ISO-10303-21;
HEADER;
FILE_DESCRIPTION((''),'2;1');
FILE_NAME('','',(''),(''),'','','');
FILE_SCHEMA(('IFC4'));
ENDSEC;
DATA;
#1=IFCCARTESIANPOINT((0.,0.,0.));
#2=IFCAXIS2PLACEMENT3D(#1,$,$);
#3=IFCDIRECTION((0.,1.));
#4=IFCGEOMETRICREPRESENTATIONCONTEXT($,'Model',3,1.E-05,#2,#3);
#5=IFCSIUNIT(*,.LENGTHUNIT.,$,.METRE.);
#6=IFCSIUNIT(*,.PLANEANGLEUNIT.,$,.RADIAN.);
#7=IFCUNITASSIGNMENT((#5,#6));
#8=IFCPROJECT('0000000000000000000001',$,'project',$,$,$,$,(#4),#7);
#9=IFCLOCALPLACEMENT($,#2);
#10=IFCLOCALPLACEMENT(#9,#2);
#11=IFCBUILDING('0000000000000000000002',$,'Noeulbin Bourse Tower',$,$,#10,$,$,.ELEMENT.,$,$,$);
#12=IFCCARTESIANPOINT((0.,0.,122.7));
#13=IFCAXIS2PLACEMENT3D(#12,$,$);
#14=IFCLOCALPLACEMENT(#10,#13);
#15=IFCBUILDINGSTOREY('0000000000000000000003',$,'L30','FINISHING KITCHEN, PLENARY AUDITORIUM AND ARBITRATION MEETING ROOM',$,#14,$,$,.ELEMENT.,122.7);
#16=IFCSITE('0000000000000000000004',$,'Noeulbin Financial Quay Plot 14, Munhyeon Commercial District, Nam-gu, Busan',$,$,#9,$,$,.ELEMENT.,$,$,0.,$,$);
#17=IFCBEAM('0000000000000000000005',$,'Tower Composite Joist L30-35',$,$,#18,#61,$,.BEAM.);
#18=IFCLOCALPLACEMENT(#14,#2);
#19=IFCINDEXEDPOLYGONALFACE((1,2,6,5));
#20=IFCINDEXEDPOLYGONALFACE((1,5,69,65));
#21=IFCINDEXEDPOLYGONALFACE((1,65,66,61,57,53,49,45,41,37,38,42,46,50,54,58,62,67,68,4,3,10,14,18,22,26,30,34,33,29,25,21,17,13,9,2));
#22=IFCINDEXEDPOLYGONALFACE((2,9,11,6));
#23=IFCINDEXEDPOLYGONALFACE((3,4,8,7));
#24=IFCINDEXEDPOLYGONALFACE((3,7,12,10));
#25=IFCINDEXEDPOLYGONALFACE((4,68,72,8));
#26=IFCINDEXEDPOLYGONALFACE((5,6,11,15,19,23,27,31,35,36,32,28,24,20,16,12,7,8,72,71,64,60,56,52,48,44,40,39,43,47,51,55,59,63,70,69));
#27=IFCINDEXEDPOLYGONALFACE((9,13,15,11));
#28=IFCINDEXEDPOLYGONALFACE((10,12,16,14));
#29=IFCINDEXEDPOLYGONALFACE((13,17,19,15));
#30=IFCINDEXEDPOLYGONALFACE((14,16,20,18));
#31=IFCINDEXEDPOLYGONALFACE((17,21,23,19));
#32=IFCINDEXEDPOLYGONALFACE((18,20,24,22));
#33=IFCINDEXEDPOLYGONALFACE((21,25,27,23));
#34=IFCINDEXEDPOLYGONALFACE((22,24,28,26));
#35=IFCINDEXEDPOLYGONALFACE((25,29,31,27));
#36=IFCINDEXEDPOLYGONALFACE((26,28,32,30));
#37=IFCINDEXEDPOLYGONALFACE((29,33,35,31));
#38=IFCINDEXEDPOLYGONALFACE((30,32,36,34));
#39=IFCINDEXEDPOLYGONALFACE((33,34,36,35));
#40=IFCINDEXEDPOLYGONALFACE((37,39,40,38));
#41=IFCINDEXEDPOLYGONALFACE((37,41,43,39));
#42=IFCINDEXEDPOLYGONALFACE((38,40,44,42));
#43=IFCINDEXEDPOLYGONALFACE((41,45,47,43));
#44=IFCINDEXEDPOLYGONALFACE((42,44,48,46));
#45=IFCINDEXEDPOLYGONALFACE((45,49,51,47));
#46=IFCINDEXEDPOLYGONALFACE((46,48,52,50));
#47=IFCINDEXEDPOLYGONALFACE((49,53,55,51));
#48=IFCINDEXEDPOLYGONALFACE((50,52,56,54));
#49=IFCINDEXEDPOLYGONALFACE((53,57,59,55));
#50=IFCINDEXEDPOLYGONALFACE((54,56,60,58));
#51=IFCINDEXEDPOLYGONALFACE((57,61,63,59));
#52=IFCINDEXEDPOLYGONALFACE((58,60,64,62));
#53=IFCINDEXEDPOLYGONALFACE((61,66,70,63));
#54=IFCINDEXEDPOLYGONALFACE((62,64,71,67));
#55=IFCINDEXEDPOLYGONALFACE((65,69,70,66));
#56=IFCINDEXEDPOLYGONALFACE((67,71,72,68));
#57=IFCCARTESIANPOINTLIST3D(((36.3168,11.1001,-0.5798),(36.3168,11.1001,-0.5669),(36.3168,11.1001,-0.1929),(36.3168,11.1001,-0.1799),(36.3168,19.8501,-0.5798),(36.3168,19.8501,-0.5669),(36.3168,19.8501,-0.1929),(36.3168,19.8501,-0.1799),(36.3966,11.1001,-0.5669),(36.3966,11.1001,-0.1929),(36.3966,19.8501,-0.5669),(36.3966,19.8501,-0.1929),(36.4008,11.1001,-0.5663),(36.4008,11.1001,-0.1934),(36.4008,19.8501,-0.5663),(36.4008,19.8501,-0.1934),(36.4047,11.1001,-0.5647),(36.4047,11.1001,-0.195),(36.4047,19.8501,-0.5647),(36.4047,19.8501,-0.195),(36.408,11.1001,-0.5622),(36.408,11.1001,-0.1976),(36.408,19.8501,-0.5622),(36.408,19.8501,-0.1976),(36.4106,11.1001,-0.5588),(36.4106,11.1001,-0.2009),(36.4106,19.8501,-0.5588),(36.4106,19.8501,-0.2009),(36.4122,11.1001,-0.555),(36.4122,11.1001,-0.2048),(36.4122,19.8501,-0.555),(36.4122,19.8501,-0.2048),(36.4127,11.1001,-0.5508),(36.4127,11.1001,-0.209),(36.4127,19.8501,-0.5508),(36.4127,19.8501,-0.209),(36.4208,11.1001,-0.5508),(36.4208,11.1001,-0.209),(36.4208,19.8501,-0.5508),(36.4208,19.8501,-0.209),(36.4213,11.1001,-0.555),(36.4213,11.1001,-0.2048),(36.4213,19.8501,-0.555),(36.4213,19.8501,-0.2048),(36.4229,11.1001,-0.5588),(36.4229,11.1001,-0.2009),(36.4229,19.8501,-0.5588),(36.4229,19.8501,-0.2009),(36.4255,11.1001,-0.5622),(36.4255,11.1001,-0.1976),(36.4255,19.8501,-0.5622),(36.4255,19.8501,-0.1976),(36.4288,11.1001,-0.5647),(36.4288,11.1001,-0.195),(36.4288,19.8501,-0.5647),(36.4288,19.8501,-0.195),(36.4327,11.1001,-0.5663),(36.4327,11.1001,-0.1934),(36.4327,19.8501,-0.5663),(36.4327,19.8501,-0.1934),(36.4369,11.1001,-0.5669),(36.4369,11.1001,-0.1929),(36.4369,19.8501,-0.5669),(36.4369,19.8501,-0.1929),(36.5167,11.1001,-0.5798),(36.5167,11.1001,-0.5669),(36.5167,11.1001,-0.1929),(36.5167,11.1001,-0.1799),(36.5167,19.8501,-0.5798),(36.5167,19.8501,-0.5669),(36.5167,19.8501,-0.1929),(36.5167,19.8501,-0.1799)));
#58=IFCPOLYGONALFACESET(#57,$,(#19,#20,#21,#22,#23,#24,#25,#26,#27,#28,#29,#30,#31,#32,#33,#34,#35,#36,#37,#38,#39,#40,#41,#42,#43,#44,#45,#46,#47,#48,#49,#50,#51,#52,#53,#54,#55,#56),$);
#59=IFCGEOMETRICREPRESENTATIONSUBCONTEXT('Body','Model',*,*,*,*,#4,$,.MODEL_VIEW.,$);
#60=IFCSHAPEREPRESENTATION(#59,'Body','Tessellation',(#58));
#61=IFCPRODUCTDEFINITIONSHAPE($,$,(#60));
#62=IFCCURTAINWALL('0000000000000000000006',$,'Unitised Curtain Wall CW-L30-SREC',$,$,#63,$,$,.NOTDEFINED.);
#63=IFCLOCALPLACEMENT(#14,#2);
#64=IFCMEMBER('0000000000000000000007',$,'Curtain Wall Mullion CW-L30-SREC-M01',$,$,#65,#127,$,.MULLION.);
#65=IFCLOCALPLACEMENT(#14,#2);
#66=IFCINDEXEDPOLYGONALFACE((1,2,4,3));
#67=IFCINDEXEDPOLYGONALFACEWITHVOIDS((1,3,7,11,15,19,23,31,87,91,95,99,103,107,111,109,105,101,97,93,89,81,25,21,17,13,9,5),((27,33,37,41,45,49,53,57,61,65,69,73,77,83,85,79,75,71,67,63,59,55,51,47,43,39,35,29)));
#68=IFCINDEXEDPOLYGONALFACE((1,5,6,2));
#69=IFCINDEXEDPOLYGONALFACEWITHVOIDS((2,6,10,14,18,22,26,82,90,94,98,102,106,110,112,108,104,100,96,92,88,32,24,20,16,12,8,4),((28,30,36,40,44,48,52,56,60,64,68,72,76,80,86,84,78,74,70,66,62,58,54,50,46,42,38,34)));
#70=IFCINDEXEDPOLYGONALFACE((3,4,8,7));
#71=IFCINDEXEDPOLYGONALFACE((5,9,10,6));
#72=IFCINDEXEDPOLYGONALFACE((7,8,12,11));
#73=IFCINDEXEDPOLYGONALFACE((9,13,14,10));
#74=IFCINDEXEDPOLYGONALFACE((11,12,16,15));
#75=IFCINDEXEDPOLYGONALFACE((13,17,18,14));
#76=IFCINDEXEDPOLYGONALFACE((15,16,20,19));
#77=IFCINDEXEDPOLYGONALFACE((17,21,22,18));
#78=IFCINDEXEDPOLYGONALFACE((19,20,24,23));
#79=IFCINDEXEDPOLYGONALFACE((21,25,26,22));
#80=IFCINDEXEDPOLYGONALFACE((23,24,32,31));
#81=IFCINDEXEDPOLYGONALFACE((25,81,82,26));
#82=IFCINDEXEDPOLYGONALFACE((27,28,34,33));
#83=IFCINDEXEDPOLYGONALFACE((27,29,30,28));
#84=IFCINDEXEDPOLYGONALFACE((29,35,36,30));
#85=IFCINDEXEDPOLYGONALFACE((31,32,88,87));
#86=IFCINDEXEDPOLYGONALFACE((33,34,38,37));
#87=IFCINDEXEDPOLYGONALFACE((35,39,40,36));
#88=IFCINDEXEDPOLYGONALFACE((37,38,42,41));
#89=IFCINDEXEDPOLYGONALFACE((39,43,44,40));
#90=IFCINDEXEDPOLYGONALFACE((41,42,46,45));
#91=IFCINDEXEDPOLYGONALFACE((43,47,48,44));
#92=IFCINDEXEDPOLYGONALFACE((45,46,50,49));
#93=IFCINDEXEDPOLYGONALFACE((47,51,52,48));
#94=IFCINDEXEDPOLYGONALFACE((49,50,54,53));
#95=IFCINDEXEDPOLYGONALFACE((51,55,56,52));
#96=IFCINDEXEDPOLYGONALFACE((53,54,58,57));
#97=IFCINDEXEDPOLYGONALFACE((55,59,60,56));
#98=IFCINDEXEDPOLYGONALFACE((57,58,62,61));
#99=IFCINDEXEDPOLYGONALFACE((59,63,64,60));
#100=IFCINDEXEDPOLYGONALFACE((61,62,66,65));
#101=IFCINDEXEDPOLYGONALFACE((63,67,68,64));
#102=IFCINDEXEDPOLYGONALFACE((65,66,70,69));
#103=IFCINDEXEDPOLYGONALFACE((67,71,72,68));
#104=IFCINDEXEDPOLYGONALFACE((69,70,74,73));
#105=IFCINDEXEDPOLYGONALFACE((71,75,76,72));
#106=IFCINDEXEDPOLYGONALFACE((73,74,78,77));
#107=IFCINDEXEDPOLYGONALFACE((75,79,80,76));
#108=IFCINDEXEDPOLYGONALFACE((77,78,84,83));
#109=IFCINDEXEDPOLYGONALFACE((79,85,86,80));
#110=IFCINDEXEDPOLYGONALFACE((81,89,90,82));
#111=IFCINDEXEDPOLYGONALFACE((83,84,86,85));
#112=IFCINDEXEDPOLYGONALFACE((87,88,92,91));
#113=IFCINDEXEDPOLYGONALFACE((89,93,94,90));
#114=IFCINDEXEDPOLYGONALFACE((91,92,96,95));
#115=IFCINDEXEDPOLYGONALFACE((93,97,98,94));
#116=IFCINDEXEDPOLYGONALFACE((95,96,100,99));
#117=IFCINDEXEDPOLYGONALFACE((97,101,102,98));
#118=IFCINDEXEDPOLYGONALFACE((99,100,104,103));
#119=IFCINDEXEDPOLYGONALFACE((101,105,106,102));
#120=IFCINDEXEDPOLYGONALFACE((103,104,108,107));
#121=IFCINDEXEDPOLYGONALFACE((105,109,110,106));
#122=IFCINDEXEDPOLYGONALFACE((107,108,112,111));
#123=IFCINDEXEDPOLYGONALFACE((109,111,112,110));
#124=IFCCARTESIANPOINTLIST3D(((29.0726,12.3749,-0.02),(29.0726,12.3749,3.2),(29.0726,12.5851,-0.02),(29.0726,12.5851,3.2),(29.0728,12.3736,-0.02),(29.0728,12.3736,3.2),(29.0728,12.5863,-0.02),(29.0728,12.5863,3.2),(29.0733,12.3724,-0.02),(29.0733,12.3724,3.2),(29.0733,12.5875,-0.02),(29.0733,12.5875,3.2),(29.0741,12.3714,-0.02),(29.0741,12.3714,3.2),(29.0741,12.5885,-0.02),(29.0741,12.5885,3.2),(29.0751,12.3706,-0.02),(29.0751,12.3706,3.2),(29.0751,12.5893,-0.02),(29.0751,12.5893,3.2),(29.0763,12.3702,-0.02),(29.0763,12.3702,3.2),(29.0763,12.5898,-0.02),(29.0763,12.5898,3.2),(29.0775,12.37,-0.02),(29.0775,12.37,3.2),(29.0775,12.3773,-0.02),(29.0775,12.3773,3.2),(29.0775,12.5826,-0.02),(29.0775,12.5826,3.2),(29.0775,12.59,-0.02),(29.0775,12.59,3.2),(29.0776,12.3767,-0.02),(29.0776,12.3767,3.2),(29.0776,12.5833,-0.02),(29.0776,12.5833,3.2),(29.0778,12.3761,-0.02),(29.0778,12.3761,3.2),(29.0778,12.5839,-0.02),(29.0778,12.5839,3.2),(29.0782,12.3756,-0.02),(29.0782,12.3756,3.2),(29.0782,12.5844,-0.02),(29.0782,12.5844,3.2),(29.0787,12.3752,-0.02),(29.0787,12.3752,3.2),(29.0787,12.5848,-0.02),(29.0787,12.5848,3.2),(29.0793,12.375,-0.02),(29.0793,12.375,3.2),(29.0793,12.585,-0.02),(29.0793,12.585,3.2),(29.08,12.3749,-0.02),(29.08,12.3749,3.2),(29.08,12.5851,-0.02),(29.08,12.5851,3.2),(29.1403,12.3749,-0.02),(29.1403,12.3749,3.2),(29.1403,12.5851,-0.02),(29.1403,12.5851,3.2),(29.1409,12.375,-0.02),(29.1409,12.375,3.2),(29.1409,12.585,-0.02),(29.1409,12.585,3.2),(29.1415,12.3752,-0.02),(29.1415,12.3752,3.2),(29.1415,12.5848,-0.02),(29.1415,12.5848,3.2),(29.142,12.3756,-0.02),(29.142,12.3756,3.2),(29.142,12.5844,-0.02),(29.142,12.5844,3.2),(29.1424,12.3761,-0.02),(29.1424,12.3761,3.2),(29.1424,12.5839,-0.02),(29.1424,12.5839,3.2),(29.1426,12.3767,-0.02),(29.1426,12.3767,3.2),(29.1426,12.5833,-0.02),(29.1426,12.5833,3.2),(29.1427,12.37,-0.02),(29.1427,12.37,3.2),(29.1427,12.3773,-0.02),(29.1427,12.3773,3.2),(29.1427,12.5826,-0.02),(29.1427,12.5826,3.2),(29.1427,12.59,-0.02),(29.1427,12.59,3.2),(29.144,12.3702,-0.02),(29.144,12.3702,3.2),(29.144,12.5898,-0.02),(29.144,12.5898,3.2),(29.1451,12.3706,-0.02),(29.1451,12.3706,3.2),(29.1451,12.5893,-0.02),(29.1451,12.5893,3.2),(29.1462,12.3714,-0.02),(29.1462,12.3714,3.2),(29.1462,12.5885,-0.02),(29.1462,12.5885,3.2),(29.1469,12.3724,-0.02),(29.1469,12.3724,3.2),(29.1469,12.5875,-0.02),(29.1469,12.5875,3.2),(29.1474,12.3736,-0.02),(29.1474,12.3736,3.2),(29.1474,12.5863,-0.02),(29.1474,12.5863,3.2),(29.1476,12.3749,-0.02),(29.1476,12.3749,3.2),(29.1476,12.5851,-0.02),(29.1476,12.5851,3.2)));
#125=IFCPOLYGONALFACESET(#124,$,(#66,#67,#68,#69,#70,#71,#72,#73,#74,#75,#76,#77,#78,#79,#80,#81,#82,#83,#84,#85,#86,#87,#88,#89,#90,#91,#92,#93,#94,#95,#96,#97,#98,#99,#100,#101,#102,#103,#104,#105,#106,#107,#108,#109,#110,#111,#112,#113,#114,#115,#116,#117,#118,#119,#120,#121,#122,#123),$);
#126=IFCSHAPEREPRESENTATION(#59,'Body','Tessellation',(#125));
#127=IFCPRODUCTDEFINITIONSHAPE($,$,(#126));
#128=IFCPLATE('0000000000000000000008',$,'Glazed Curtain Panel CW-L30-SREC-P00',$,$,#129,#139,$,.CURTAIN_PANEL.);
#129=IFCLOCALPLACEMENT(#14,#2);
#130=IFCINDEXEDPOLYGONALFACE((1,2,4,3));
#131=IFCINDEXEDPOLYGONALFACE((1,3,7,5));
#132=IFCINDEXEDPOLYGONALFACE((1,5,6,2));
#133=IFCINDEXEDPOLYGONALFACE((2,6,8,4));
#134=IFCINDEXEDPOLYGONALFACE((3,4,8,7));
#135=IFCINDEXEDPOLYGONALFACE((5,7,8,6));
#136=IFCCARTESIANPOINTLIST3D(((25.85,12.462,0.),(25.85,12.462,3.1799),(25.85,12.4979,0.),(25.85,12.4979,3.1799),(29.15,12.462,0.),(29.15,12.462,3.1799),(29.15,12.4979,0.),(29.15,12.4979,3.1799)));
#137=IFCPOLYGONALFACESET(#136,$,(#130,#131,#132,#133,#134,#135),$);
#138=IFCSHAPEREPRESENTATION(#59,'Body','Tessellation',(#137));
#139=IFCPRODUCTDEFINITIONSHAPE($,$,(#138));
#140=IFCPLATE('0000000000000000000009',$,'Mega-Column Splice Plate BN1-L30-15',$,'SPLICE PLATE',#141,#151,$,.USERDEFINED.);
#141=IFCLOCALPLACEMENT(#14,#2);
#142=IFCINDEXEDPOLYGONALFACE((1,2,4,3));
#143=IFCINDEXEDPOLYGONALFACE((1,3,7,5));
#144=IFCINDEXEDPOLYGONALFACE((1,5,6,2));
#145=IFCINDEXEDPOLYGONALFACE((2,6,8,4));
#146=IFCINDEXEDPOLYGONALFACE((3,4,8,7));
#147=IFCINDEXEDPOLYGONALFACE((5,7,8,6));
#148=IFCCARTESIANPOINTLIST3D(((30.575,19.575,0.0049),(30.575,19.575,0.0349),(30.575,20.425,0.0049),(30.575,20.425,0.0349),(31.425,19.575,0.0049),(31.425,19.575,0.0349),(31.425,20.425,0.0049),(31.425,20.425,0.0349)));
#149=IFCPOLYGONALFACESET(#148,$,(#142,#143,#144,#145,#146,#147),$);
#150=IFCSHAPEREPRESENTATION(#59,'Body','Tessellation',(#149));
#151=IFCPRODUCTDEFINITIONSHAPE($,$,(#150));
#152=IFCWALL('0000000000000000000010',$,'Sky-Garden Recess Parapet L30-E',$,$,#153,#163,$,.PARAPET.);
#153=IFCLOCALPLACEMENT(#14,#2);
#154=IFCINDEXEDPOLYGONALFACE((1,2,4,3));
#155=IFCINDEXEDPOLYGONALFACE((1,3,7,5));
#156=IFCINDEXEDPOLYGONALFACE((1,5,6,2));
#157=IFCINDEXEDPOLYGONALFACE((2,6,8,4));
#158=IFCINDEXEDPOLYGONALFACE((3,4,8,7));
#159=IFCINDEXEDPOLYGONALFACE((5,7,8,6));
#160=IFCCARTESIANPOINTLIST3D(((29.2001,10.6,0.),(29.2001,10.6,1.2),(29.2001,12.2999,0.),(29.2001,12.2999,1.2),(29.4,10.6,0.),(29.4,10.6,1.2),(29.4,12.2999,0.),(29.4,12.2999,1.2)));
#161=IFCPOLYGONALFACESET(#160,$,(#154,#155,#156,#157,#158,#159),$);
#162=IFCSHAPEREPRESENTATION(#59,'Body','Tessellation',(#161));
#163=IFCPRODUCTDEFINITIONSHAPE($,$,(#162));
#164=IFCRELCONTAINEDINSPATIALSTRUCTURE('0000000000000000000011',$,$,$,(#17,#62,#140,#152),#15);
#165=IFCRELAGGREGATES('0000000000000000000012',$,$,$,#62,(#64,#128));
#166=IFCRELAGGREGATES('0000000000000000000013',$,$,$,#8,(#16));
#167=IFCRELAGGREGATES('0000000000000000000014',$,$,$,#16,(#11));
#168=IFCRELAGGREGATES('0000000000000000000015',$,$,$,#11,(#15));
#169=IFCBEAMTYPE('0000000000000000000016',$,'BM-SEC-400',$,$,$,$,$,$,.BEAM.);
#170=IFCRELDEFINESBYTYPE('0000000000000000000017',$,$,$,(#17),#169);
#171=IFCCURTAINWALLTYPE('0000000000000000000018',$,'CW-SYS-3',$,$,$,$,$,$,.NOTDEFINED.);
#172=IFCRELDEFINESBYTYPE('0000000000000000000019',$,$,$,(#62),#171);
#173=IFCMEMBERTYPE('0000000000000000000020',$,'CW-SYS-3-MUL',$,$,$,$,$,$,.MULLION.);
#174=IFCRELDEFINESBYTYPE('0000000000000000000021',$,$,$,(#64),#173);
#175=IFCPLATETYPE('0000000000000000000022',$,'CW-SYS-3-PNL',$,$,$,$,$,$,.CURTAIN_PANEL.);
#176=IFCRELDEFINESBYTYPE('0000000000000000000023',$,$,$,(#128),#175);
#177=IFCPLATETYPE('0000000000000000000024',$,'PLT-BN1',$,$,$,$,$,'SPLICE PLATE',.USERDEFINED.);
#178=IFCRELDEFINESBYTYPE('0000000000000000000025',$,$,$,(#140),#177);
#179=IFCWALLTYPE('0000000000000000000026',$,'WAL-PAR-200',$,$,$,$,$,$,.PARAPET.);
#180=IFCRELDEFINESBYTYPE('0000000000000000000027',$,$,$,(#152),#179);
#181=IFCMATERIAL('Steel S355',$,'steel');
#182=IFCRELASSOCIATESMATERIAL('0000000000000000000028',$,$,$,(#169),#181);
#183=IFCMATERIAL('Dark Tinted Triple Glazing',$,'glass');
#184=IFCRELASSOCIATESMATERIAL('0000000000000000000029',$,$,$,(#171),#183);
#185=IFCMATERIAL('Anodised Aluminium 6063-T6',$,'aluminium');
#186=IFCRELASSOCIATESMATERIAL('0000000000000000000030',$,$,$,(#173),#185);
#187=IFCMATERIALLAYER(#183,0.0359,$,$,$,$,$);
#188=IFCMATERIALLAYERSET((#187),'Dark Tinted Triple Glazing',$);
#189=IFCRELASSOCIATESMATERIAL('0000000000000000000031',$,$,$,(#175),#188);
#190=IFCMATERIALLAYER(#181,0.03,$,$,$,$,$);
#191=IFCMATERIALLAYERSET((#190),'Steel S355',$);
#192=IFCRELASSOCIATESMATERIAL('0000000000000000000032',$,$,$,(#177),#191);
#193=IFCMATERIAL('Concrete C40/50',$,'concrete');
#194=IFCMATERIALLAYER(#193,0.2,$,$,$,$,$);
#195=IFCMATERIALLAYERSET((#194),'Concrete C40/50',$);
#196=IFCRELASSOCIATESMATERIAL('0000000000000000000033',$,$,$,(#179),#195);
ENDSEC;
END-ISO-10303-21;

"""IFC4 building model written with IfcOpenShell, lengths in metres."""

from ifc_helpers import new_model, si_unit, direction, frame, frame_2d, origin, origin_2d, place, context, subcontext, project, spatial, rectangle, hollow_rectangle, i_section, extrude, material, layer, layer_set, material_profile, profile_set, type_object, element, aggregate, save


model = new_model("IFC4")

# Units and contexts
model_context = context("Model", 3, precision=1e-05, world=origin(), true_north=direction((0.0, 1.0)))
body_context = subcontext(model_context, "Body", "Model", "MODEL_VIEW")
ifc_project = project(units=[si_unit("LENGTHUNIT", "METRE"), si_unit("PLANEANGLEUNIT", "RADIAN")], contexts=[model_context])

# Site, building, storey
site_placement = place(None, origin())
site = spatial("IfcSite", under=ifc_project, at=site_placement, Name="Noeulbin Financial Quay Plot 14, Munhyeon Commercial District, Nam-gu, Busan", CompositionType="ELEMENT", RefElevation=0.0)
building_placement = place(site_placement, origin())
building = spatial("IfcBuilding", under=site, at=building_placement, Name="Noeulbin Bourse Tower", CompositionType="ELEMENT")
storey_placement = place(building_placement, frame((0.0, 0.0, 122.7)))
storey = spatial("IfcBuildingStorey", under=building, at=storey_placement, Name="L30", Description="FINISHING KITCHEN, PLENARY AUDITORIUM AND ARBITRATION MEETING ROOM", CompositionType="ELEMENT", Elevation=122.7)

# Beam
ifc_material_1 = material(Name="Steel S355", Category="steel")
ifc_material_profile_1 = material_profile(ifc_material_1, i_section(OverallWidth=0.2, OverallDepth=0.3999, WebThickness=0.0081, FlangeThickness=0.0129, FilletRadius=0.0161, at=origin_2d()), Name="H-400x200x8x13", Category="LoadBearing")
ifc_profile_set_1 = profile_set([ifc_material_profile_1], Name="Steel S355")
beam_type_1 = type_object("IfcBeamType", Name="BM-SEC-400", PredefinedType="BEAM", material=ifc_profile_set_1)
beam_1_placement = place(storey_placement, frame((36.4167, 11.1001, -0.3799), z_axis=(0.0, 1.0, 0.0), x_axis=(-1.0, 0.0, 0.0)))
element("IfcBeam", 1, at=beam_1_placement, inside=storey, type_object=beam_type_1, Name="Tower Composite Joist L30-35", PredefinedType="BEAM", context=body_context, shape_type="SweptSolid", body=[
    extrude(i_section(OverallWidth=0.2, OverallDepth=0.3999, WebThickness=0.0081, FlangeThickness=0.0129, FilletRadius=0.0161, at=origin_2d()), origin(), (0.0, 0.0, 1.0), 8.75),
])

# Curtain wall, member, plate
ifc_material_2 = material(Name="Dark Tinted Triple Glazing", Category="glass")
curtain_wall_type = type_object("IfcCurtainWallType", Name="CW-SYS-3", PredefinedType="NOTDEFINED", material=ifc_material_2)
curtain_wall_placement = place(storey_placement, origin())
curtain_wall = element("IfcCurtainWall", 2, at=curtain_wall_placement, inside=storey, type_object=curtain_wall_type, Name="Unitised Curtain Wall CW-L30-SREC", PredefinedType="NOTDEFINED")
ifc_material_3 = material(Name="Anodised Aluminium 6063-T6", Category="aluminium")
ifc_material_profile_2 = material_profile(ifc_material_3, hollow_rectangle(XDim=0.075, YDim=0.22, WallThickness=0.0049, InnerFilletRadius=0.0024, OuterFilletRadius=0.0049, at=origin_2d()), Name="ALU-MULL-75x220x5", Category="LoadBearing")
ifc_profile_set_2 = profile_set([ifc_material_profile_2], Name="Anodised Aluminium 6063-T6")
member_type = type_object("IfcMemberType", Name="CW-SYS-3-MUL", PredefinedType="MULLION", material=ifc_profile_set_2)
member_placement = place(storey_placement, frame((29.1101, 12.48, -0.02), z_axis=(0.0, 0.0, 1.0), x_axis=(1.0, 0.0, 0.0)))
member = element("IfcMember", 3, at=member_placement, type_object=member_type, Name="Curtain Wall Mullion CW-L30-SREC-M01", PredefinedType="MULLION", context=body_context, shape_type="SweptSolid", body=[
    extrude(hollow_rectangle(XDim=0.075, YDim=0.22, WallThickness=0.0049, InnerFilletRadius=0.0024, OuterFilletRadius=0.0049, at=origin_2d()), origin(), (0.0, 0.0, 1.0), 3.22),
])
ifc_layer_1 = layer(ifc_material_2, 0.0359)
ifc_layer_set_1 = layer_set([ifc_layer_1], Name="Dark Tinted Triple Glazing")
plate_type_1 = type_object("IfcPlateType", Name="CW-SYS-3-PNL", PredefinedType="CURTAIN_PANEL", material=ifc_layer_set_1)
plate_1_placement = place(storey_placement, frame((27.5, 12.48, 0.0), z_axis=(0.0, 0.0, 1.0), x_axis=(1.0, 0.0, 0.0)))
plate_1 = element("IfcPlate", 4, at=plate_1_placement, type_object=plate_type_1, Name="Glazed Curtain Panel CW-L30-SREC-P00", PredefinedType="CURTAIN_PANEL", context=body_context, shape_type="SweptSolid", body=[
    extrude(rectangle(XDim=3.3, YDim=0.0359, at=origin_2d()), origin(), (0.0, 0.0, 1.0), 3.1799),
])
aggregate(curtain_wall, [member, plate_1])

# Plate
ifc_layer_2 = layer(ifc_material_1, 0.03)
ifc_layer_set_2 = layer_set([ifc_layer_2], Name="Steel S355")
plate_type_2 = type_object("IfcPlateType", Name="PLT-BN1", ElementType="SPLICE PLATE", PredefinedType="USERDEFINED", material=ifc_layer_set_2)
plate_2_placement = place(storey_placement, frame((31.0, 20.0, 0.0049), z_axis=(0.0, 0.0, 1.0), x_axis=(1.0, 0.0, 0.0)))
element("IfcPlate", 5, at=plate_2_placement, inside=storey, type_object=plate_type_2, Name="Mega-Column Splice Plate BN1-L30-15", ObjectType="SPLICE PLATE", PredefinedType="USERDEFINED", context=body_context, shape_type="SweptSolid", body=[
    extrude(rectangle(XDim=0.8501, YDim=0.8501, at=origin_2d()), origin(), (0.0, 0.0, 1.0), 0.03),
])

# Wall
ifc_material_4 = material(Name="Concrete C40/50", Category="concrete")
ifc_layer_3 = layer(ifc_material_4, 0.2)
ifc_layer_set_3 = layer_set([ifc_layer_3], Name="Concrete C40/50")
wall_type = type_object("IfcWallType", Name="WAL-PAR-200", PredefinedType="PARAPET", material=ifc_layer_set_3)
wall_placement = place(storey_placement, frame((29.3, 12.3, 0.0), z_axis=(0.0, 0.0, 1.0), x_axis=(0.0, -1.0, 0.0)))
element("IfcWall", 6, at=wall_placement, inside=storey, type_object=wall_type, Name="Sky-Garden Recess Parapet L30-E", PredefinedType="PARAPET", context=body_context, shape_type="SweptSolid", body=[
    extrude(rectangle(XDim=1.7, YDim=0.2, at=frame_2d((0.8501, 0.0))), origin(), (0.0, 0.0, 1.0), 1.2),
])

save(model, "model.ifc")
